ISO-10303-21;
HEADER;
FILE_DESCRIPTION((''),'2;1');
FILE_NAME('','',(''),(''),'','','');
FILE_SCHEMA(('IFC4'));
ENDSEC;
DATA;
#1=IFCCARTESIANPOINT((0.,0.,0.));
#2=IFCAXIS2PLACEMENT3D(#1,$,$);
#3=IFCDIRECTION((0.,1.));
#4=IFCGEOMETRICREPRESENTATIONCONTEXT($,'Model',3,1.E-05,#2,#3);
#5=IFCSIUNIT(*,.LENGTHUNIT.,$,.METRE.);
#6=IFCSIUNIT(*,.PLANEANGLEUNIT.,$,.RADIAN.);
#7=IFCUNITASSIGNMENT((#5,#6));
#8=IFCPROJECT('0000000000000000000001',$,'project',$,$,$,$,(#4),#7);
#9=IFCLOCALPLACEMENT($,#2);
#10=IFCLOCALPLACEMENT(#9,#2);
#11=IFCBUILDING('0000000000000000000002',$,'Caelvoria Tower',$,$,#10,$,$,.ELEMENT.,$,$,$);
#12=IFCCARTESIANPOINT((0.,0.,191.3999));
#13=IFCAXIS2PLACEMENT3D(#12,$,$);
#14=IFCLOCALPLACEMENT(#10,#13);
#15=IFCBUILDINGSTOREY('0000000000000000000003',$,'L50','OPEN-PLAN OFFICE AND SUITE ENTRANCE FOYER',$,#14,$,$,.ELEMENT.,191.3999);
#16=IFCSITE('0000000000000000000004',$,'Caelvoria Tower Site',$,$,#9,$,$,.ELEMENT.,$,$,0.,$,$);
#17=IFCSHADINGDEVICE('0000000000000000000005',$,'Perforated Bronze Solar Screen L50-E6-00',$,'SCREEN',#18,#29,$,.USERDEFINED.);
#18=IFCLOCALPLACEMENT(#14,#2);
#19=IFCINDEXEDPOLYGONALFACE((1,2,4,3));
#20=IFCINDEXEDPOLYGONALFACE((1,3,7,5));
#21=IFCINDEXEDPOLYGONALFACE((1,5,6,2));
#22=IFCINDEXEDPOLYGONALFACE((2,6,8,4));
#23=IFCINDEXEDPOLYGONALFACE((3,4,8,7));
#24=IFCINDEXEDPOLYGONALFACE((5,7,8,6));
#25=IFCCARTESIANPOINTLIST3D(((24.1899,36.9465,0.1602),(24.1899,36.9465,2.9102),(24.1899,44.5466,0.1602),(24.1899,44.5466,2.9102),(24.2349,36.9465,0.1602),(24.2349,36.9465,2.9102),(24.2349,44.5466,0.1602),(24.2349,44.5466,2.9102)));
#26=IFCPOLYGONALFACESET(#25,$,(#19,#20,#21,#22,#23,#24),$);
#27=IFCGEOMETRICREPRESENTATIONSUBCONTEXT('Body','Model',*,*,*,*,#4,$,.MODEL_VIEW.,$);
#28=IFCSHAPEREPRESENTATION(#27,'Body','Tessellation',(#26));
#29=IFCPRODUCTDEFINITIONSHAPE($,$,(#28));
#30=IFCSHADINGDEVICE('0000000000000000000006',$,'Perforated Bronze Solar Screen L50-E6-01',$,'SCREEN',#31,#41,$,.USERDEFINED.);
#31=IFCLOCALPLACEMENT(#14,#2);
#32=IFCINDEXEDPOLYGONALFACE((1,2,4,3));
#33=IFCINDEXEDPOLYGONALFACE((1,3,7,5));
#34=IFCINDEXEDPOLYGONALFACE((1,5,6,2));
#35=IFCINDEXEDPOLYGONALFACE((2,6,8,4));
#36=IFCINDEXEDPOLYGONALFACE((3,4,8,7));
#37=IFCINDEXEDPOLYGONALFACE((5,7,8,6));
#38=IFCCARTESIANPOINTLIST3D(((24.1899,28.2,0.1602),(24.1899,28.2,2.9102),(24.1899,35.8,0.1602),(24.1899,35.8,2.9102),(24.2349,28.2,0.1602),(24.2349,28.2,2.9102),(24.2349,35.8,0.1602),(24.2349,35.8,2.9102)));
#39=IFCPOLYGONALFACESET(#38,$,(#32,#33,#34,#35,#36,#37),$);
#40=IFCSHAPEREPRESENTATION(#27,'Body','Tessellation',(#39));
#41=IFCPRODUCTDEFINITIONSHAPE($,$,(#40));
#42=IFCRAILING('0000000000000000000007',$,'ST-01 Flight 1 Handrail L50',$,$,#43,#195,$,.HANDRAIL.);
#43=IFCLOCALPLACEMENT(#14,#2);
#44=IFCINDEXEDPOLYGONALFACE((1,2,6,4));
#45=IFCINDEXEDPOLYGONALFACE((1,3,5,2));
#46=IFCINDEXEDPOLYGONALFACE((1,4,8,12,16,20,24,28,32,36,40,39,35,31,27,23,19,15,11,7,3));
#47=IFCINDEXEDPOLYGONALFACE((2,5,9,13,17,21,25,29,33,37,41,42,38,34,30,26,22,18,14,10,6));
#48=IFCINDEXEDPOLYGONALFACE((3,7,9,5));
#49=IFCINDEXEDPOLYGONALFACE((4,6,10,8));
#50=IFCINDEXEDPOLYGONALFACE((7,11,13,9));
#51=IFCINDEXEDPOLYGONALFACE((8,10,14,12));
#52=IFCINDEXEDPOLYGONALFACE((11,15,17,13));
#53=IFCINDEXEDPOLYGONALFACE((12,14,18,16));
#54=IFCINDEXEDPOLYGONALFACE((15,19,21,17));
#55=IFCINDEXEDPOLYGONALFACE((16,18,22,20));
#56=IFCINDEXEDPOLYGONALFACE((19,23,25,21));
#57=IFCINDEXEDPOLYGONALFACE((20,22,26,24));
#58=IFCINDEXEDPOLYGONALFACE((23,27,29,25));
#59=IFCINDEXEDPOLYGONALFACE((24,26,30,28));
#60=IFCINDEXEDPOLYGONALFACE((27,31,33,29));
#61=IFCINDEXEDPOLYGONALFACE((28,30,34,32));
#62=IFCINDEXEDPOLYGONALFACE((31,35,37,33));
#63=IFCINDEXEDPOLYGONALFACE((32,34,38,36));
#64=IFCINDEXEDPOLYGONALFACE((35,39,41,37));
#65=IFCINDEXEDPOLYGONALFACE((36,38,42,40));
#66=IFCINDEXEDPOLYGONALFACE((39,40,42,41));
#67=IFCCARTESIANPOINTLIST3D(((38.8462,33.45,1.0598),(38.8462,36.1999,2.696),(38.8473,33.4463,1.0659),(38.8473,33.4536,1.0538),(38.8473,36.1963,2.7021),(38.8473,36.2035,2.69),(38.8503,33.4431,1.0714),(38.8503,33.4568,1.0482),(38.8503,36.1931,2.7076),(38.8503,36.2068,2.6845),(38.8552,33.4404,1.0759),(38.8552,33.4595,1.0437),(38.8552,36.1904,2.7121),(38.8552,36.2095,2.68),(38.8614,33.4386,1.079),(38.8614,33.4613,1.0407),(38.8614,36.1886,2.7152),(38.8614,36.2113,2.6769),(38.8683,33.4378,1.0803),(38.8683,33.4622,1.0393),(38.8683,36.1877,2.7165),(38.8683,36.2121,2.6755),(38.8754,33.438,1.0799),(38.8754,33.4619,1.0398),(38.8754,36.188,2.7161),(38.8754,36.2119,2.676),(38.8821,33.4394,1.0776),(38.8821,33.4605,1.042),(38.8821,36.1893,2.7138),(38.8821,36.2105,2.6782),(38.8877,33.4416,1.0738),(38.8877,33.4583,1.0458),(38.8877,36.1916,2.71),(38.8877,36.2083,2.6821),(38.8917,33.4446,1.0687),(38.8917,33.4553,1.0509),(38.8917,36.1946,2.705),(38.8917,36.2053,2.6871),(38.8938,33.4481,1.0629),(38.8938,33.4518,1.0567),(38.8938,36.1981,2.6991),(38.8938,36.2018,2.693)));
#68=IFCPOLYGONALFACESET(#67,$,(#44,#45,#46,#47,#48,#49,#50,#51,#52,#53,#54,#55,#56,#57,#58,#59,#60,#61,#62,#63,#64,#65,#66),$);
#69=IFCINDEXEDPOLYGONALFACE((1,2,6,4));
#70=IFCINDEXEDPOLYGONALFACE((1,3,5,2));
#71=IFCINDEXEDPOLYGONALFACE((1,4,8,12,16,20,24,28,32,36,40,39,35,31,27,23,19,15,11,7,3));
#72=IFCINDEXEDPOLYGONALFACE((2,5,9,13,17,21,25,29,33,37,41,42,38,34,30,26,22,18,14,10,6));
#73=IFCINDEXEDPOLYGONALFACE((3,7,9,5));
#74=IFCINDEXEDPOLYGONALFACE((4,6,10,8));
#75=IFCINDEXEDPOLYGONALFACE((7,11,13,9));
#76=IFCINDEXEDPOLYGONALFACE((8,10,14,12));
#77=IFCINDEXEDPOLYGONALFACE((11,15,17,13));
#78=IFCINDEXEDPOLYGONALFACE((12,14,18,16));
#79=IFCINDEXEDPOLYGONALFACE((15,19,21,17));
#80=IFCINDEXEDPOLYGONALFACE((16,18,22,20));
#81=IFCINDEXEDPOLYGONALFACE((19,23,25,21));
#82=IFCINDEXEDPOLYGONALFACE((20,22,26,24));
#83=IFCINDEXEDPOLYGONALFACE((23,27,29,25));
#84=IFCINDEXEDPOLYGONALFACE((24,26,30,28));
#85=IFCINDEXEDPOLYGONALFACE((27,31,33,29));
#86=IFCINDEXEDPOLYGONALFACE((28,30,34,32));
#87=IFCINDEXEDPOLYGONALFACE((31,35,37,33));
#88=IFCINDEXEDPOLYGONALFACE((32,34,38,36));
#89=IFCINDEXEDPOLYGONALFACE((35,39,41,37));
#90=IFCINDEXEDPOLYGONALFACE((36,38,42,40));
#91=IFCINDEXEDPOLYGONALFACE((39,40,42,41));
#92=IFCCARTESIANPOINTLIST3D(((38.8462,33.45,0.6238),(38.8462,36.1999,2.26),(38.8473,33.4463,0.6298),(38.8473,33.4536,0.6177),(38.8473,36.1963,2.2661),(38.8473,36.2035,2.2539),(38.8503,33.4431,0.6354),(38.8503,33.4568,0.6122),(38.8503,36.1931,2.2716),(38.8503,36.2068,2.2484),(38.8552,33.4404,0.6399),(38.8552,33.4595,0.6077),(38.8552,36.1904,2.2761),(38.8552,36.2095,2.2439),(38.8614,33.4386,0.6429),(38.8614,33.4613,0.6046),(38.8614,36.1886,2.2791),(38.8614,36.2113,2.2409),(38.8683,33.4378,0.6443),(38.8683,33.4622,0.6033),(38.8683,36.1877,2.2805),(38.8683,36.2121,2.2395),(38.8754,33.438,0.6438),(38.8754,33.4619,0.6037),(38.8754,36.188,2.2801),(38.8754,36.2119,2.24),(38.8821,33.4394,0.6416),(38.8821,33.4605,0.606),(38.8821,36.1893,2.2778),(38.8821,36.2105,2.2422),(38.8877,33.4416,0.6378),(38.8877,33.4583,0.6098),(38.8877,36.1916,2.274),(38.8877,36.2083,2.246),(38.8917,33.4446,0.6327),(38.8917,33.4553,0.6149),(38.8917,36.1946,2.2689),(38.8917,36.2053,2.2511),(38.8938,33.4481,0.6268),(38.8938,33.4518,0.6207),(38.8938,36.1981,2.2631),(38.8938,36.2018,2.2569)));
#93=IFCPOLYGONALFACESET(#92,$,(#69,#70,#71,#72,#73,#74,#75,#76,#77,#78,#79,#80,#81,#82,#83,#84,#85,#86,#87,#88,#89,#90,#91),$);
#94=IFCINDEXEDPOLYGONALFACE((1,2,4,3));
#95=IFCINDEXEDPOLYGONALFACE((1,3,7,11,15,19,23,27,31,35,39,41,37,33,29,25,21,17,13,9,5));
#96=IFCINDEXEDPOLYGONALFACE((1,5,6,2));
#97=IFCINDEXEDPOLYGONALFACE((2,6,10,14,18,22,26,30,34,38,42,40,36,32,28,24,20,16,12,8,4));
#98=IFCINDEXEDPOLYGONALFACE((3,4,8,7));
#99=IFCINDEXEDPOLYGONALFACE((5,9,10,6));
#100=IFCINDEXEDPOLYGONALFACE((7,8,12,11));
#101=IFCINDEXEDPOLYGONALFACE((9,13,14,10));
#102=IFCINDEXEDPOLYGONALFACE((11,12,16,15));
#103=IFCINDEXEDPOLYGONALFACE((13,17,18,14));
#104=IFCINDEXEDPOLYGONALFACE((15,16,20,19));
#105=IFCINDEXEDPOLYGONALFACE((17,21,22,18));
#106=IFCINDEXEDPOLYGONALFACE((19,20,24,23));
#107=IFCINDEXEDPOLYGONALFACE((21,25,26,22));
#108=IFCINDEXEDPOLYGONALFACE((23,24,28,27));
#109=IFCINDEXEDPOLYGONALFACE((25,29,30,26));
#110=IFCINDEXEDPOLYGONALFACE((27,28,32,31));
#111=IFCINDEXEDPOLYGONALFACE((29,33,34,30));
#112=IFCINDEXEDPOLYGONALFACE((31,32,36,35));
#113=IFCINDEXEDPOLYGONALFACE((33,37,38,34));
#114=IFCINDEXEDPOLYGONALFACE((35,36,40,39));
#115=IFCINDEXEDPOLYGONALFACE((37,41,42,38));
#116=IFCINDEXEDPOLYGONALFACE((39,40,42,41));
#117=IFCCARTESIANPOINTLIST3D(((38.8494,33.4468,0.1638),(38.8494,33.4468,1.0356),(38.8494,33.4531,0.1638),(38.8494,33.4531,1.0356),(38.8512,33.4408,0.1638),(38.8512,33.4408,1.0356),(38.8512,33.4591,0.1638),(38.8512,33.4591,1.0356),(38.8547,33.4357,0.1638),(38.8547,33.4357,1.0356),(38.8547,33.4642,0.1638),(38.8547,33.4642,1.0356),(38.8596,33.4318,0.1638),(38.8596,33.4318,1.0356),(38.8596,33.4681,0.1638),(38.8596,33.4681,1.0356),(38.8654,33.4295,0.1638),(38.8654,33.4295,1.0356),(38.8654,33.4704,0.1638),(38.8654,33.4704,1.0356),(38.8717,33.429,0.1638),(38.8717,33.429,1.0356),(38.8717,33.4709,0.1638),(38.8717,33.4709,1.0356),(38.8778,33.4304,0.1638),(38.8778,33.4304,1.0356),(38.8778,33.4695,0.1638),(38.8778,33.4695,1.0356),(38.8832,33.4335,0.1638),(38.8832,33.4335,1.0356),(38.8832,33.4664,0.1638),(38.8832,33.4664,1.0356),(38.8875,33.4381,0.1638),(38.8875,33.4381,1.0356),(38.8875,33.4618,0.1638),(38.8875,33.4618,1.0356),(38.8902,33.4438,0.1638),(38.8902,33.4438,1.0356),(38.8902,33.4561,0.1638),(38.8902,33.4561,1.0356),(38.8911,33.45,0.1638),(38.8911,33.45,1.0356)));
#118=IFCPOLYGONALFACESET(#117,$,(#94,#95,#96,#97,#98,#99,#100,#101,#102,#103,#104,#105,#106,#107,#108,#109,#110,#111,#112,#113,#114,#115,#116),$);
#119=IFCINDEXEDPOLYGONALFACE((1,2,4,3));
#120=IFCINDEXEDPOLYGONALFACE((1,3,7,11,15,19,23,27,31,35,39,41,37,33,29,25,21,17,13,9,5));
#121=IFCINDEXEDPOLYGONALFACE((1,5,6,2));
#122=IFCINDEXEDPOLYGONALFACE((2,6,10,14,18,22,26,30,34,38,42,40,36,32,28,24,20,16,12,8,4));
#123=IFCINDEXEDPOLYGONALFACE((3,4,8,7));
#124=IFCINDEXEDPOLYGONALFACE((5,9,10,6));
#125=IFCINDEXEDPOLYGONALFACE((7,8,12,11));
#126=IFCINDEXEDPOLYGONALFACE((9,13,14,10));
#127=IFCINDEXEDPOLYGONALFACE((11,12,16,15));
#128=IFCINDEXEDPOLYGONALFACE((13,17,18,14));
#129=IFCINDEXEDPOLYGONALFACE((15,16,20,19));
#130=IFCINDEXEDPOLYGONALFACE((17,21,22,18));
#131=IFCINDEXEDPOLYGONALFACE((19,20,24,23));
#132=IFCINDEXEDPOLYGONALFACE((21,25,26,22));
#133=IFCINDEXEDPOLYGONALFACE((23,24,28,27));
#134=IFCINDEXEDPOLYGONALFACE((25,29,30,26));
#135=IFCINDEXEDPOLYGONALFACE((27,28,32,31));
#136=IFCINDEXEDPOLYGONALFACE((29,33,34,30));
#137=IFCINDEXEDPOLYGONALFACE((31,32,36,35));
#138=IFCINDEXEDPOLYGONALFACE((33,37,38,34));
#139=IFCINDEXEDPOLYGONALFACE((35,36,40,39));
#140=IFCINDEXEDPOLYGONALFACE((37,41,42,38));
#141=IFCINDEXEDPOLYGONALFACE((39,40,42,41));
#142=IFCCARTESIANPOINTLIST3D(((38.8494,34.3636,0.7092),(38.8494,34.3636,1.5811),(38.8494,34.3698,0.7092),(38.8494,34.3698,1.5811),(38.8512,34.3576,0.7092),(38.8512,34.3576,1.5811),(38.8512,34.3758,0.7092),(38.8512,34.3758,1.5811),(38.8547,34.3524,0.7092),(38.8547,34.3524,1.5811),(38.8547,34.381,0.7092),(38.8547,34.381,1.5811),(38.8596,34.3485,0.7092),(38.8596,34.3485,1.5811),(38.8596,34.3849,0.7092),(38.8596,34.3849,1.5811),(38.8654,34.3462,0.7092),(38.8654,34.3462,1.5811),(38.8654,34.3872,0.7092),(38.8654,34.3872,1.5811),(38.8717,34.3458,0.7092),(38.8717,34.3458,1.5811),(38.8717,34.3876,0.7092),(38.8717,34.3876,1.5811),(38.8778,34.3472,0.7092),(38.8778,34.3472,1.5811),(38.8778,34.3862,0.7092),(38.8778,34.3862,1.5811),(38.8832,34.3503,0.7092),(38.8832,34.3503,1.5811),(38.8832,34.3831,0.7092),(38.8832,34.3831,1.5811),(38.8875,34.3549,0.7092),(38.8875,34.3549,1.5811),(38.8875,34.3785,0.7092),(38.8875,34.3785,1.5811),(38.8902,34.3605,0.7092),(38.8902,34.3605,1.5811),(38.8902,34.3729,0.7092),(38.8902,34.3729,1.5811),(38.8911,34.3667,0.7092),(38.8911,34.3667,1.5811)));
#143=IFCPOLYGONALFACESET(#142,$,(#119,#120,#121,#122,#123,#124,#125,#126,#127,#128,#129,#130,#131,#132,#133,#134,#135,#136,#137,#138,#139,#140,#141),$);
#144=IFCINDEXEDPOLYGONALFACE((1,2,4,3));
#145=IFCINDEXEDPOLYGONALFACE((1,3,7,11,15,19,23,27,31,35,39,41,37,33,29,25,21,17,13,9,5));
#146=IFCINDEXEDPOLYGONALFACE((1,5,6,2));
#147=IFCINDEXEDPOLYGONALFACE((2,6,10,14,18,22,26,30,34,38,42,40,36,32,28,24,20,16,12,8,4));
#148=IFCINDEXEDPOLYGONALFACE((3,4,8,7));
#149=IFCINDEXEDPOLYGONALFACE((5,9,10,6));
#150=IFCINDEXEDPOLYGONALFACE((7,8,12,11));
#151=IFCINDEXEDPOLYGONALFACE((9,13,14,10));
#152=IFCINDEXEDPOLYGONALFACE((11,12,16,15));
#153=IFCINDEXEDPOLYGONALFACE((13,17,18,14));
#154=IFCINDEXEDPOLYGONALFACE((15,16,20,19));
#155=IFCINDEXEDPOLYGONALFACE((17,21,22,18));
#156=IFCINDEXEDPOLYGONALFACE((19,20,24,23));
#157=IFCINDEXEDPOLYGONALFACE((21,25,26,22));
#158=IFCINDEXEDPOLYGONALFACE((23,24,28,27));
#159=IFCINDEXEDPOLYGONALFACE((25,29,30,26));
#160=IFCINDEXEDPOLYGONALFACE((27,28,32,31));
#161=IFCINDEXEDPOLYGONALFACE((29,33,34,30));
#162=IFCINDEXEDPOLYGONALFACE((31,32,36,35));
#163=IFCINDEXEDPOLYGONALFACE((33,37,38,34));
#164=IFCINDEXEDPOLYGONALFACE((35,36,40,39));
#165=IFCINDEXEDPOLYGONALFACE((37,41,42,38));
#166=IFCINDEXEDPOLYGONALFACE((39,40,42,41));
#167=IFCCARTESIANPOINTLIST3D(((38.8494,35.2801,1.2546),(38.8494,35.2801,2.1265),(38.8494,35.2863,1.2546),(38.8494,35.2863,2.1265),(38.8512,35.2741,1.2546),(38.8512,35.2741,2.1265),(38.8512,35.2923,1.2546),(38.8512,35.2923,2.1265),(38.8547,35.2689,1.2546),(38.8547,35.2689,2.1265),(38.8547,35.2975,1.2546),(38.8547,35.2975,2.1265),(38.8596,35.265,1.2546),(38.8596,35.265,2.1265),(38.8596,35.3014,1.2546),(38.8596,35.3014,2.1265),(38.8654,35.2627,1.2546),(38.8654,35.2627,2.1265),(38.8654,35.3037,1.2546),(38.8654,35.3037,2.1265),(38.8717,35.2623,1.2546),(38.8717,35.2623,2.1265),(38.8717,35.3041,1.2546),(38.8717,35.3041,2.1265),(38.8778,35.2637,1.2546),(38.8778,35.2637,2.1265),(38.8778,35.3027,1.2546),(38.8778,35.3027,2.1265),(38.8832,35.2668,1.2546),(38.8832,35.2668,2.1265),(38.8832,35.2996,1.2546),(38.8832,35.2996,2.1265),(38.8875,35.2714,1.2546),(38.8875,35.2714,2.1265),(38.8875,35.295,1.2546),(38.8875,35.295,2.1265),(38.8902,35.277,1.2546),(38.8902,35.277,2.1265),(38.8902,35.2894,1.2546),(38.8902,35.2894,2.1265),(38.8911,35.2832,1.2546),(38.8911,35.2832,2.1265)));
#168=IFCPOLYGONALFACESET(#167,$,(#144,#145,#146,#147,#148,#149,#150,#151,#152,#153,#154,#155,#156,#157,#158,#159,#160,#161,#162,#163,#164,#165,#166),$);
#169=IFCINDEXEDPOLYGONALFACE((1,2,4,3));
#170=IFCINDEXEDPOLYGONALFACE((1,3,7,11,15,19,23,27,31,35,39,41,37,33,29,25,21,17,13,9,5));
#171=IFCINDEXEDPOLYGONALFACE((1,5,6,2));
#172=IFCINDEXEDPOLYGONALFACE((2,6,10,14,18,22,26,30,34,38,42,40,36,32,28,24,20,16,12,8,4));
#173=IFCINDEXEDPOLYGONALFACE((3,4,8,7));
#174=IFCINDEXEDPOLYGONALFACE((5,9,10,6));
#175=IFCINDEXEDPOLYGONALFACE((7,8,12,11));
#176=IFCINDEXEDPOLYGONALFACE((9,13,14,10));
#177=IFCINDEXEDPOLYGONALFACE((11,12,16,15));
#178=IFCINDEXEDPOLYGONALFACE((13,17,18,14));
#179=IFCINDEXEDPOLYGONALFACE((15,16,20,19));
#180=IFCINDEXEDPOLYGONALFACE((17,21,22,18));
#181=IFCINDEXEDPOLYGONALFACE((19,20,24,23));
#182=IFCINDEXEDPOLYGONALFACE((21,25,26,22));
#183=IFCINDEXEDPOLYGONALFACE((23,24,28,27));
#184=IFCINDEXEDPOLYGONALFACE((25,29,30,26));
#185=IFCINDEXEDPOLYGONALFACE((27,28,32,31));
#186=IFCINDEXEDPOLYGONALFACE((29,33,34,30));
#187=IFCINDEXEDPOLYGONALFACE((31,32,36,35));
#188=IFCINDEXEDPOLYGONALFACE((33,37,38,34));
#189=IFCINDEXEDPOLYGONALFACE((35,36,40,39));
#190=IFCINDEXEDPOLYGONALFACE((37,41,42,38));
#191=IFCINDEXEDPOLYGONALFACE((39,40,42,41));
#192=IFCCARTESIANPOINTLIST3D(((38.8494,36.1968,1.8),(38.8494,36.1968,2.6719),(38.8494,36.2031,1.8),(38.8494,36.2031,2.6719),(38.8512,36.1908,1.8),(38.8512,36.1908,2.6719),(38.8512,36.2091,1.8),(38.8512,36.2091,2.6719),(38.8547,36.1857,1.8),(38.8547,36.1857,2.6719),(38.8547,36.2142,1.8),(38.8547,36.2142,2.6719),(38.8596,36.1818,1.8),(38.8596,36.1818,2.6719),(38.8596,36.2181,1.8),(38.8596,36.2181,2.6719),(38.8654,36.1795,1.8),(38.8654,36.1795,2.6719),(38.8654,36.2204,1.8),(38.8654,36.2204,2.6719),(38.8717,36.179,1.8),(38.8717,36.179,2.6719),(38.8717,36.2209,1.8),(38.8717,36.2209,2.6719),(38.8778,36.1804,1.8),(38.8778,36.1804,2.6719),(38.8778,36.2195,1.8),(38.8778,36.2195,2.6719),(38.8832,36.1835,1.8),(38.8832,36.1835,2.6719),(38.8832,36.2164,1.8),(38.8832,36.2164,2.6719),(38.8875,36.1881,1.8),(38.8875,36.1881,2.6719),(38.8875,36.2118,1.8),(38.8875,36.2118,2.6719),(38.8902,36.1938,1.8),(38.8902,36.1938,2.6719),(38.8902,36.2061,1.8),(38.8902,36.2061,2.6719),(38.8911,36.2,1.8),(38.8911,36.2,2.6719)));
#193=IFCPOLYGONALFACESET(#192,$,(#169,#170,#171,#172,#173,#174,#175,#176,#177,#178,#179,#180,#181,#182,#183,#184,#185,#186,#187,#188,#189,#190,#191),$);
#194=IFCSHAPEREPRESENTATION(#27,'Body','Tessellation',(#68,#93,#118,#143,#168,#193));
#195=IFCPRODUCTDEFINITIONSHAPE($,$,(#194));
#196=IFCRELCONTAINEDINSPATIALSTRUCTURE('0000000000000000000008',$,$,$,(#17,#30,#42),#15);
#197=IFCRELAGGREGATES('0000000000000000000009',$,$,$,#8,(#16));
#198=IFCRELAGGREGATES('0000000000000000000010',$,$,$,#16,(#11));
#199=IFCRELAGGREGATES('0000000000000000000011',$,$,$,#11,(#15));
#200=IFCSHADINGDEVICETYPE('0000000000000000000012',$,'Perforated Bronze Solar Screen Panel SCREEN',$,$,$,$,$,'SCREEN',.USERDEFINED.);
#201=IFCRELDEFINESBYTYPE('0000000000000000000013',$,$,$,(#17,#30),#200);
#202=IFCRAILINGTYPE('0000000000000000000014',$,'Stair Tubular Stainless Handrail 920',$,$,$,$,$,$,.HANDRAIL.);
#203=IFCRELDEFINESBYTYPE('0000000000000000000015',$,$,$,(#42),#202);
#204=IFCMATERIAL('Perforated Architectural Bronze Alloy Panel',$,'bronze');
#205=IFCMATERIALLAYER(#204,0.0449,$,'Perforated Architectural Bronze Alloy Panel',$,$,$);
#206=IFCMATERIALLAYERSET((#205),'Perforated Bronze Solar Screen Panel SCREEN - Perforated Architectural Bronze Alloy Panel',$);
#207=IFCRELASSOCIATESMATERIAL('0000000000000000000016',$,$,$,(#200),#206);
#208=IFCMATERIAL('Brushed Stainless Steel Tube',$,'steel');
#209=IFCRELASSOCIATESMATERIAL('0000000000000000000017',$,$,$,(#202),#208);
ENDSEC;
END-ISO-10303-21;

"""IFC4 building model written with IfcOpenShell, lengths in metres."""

from ifc_helpers import new_model, si_unit, direction, frame, origin, origin_2d, place, context, subcontext, project, spatial, rectangle, circle, extrude, material, layer, layer_set, type_object, element, save


model = new_model("IFC4")

# Units and contexts
model_context = context("Model", 3, precision=1e-05, world=origin(), true_north=direction((0.0, 1.0)))
body_context = subcontext(model_context, "Body", "Model", "MODEL_VIEW")
ifc_project = project(units=[si_unit("LENGTHUNIT", "METRE"), si_unit("PLANEANGLEUNIT", "RADIAN")], contexts=[model_context])

# Site, building, storey
site_placement = place(None, origin())
site = spatial("IfcSite", under=ifc_project, at=site_placement, Name="Caelvoria Tower Site", CompositionType="ELEMENT", RefElevation=0.0)
building_placement = place(site_placement, origin())
building = spatial("IfcBuilding", under=site, at=building_placement, Name="Caelvoria Tower", CompositionType="ELEMENT")
storey_placement = place(building_placement, frame((0.0, 0.0, 191.3999)))
storey = spatial("IfcBuildingStorey", under=building, at=storey_placement, Name="L50", Description="OPEN-PLAN OFFICE AND SUITE ENTRANCE FOYER", CompositionType="ELEMENT", Elevation=191.3999)

# Shading devices
ifc_material_1 = material(Name="Perforated Architectural Bronze Alloy Panel", Category="bronze")
ifc_layer_1 = layer(ifc_material_1, 0.0449, Name="Perforated Architectural Bronze Alloy Panel")
ifc_layer_set_1 = layer_set([ifc_layer_1], Name="Perforated Bronze Solar Screen Panel SCREEN - Perforated Architectural Bronze Alloy Panel")
shading_device_type = type_object("IfcShadingDeviceType", Name="Perforated Bronze Solar Screen Panel SCREEN", ElementType="SCREEN", PredefinedType="USERDEFINED", material=ifc_layer_set_1)
for number, where, z_axis, x_axis, name in (
    (1, (24.2124, 40.7466, 0.1602), (0.0, 0.0, 1.0), (0.0, -1.0, 0.0), "Perforated Bronze Solar Screen L50-E6-00"),
    (2, (24.2124, 32.0, 0.1602), (0.0, 0.0, 1.0), (0.0, -1.0, 0.0), "Perforated Bronze Solar Screen L50-E6-01"),
):
    element("IfcShadingDevice", number, at=place(storey_placement, frame(where, z_axis=z_axis, x_axis=x_axis)), inside=storey, type_object=shading_device_type, Name=name, ObjectType="SCREEN", PredefinedType="USERDEFINED", context=body_context, shape_type="SweptSolid", body=[
        extrude(rectangle(XDim=7.6001, YDim=0.0449, at=origin_2d()), origin(), (0.0, 0.0, 1.0), 2.75),
    ])

# Railing
ifc_material_2 = material(Name="Brushed Stainless Steel Tube", Category="steel")
railing_type_1 = type_object("IfcRailingType", Name="Stair Tubular Stainless Handrail 920", PredefinedType="HANDRAIL", material=ifc_material_2)
railing_1_placement = place(storey_placement, frame((38.8701, 33.45, 0.1638)))
element("IfcRailing", 3, at=railing_1_placement, inside=storey, type_object=railing_type_1, Name="ST-01 Flight 1 Handrail L50", PredefinedType="HANDRAIL", context=body_context, shape_type="SweptSolid", body=[
    extrude(circle(Radius=0.0239, at=origin_2d()), frame((0.0, 0.0, 0.896), z_axis=(0.0, 0.859385, 0.511328), x_axis=(-1.0, 0.0, 0.0)), (0.0, 0.0, 1.0), 3.2),
    extrude(circle(Radius=0.0239, at=origin_2d()), frame((0.0, 0.0, 0.46), z_axis=(0.0, 0.859385, 0.511328), x_axis=(-1.0, 0.0, 0.0)), (0.0, 0.0, 1.0), 3.2),
    extrude(circle(Radius=0.021, at=origin_2d()), origin(), (0.0, 0.0, 1.0), 0.8718),
    extrude(circle(Radius=0.021, at=origin_2d()), frame((0.0, 0.9167, 0.5454)), (0.0, 0.0, 1.0), 0.8718),
    extrude(circle(Radius=0.021, at=origin_2d()), frame((0.0, 1.8333, 1.0908)), (0.0, 0.0, 1.0), 0.8718),
    extrude(circle(Radius=0.021, at=origin_2d()), frame((0.0, 2.75, 1.6362)), (0.0, 0.0, 1.0), 0.8718),
])

save(model, "model.ifc")
